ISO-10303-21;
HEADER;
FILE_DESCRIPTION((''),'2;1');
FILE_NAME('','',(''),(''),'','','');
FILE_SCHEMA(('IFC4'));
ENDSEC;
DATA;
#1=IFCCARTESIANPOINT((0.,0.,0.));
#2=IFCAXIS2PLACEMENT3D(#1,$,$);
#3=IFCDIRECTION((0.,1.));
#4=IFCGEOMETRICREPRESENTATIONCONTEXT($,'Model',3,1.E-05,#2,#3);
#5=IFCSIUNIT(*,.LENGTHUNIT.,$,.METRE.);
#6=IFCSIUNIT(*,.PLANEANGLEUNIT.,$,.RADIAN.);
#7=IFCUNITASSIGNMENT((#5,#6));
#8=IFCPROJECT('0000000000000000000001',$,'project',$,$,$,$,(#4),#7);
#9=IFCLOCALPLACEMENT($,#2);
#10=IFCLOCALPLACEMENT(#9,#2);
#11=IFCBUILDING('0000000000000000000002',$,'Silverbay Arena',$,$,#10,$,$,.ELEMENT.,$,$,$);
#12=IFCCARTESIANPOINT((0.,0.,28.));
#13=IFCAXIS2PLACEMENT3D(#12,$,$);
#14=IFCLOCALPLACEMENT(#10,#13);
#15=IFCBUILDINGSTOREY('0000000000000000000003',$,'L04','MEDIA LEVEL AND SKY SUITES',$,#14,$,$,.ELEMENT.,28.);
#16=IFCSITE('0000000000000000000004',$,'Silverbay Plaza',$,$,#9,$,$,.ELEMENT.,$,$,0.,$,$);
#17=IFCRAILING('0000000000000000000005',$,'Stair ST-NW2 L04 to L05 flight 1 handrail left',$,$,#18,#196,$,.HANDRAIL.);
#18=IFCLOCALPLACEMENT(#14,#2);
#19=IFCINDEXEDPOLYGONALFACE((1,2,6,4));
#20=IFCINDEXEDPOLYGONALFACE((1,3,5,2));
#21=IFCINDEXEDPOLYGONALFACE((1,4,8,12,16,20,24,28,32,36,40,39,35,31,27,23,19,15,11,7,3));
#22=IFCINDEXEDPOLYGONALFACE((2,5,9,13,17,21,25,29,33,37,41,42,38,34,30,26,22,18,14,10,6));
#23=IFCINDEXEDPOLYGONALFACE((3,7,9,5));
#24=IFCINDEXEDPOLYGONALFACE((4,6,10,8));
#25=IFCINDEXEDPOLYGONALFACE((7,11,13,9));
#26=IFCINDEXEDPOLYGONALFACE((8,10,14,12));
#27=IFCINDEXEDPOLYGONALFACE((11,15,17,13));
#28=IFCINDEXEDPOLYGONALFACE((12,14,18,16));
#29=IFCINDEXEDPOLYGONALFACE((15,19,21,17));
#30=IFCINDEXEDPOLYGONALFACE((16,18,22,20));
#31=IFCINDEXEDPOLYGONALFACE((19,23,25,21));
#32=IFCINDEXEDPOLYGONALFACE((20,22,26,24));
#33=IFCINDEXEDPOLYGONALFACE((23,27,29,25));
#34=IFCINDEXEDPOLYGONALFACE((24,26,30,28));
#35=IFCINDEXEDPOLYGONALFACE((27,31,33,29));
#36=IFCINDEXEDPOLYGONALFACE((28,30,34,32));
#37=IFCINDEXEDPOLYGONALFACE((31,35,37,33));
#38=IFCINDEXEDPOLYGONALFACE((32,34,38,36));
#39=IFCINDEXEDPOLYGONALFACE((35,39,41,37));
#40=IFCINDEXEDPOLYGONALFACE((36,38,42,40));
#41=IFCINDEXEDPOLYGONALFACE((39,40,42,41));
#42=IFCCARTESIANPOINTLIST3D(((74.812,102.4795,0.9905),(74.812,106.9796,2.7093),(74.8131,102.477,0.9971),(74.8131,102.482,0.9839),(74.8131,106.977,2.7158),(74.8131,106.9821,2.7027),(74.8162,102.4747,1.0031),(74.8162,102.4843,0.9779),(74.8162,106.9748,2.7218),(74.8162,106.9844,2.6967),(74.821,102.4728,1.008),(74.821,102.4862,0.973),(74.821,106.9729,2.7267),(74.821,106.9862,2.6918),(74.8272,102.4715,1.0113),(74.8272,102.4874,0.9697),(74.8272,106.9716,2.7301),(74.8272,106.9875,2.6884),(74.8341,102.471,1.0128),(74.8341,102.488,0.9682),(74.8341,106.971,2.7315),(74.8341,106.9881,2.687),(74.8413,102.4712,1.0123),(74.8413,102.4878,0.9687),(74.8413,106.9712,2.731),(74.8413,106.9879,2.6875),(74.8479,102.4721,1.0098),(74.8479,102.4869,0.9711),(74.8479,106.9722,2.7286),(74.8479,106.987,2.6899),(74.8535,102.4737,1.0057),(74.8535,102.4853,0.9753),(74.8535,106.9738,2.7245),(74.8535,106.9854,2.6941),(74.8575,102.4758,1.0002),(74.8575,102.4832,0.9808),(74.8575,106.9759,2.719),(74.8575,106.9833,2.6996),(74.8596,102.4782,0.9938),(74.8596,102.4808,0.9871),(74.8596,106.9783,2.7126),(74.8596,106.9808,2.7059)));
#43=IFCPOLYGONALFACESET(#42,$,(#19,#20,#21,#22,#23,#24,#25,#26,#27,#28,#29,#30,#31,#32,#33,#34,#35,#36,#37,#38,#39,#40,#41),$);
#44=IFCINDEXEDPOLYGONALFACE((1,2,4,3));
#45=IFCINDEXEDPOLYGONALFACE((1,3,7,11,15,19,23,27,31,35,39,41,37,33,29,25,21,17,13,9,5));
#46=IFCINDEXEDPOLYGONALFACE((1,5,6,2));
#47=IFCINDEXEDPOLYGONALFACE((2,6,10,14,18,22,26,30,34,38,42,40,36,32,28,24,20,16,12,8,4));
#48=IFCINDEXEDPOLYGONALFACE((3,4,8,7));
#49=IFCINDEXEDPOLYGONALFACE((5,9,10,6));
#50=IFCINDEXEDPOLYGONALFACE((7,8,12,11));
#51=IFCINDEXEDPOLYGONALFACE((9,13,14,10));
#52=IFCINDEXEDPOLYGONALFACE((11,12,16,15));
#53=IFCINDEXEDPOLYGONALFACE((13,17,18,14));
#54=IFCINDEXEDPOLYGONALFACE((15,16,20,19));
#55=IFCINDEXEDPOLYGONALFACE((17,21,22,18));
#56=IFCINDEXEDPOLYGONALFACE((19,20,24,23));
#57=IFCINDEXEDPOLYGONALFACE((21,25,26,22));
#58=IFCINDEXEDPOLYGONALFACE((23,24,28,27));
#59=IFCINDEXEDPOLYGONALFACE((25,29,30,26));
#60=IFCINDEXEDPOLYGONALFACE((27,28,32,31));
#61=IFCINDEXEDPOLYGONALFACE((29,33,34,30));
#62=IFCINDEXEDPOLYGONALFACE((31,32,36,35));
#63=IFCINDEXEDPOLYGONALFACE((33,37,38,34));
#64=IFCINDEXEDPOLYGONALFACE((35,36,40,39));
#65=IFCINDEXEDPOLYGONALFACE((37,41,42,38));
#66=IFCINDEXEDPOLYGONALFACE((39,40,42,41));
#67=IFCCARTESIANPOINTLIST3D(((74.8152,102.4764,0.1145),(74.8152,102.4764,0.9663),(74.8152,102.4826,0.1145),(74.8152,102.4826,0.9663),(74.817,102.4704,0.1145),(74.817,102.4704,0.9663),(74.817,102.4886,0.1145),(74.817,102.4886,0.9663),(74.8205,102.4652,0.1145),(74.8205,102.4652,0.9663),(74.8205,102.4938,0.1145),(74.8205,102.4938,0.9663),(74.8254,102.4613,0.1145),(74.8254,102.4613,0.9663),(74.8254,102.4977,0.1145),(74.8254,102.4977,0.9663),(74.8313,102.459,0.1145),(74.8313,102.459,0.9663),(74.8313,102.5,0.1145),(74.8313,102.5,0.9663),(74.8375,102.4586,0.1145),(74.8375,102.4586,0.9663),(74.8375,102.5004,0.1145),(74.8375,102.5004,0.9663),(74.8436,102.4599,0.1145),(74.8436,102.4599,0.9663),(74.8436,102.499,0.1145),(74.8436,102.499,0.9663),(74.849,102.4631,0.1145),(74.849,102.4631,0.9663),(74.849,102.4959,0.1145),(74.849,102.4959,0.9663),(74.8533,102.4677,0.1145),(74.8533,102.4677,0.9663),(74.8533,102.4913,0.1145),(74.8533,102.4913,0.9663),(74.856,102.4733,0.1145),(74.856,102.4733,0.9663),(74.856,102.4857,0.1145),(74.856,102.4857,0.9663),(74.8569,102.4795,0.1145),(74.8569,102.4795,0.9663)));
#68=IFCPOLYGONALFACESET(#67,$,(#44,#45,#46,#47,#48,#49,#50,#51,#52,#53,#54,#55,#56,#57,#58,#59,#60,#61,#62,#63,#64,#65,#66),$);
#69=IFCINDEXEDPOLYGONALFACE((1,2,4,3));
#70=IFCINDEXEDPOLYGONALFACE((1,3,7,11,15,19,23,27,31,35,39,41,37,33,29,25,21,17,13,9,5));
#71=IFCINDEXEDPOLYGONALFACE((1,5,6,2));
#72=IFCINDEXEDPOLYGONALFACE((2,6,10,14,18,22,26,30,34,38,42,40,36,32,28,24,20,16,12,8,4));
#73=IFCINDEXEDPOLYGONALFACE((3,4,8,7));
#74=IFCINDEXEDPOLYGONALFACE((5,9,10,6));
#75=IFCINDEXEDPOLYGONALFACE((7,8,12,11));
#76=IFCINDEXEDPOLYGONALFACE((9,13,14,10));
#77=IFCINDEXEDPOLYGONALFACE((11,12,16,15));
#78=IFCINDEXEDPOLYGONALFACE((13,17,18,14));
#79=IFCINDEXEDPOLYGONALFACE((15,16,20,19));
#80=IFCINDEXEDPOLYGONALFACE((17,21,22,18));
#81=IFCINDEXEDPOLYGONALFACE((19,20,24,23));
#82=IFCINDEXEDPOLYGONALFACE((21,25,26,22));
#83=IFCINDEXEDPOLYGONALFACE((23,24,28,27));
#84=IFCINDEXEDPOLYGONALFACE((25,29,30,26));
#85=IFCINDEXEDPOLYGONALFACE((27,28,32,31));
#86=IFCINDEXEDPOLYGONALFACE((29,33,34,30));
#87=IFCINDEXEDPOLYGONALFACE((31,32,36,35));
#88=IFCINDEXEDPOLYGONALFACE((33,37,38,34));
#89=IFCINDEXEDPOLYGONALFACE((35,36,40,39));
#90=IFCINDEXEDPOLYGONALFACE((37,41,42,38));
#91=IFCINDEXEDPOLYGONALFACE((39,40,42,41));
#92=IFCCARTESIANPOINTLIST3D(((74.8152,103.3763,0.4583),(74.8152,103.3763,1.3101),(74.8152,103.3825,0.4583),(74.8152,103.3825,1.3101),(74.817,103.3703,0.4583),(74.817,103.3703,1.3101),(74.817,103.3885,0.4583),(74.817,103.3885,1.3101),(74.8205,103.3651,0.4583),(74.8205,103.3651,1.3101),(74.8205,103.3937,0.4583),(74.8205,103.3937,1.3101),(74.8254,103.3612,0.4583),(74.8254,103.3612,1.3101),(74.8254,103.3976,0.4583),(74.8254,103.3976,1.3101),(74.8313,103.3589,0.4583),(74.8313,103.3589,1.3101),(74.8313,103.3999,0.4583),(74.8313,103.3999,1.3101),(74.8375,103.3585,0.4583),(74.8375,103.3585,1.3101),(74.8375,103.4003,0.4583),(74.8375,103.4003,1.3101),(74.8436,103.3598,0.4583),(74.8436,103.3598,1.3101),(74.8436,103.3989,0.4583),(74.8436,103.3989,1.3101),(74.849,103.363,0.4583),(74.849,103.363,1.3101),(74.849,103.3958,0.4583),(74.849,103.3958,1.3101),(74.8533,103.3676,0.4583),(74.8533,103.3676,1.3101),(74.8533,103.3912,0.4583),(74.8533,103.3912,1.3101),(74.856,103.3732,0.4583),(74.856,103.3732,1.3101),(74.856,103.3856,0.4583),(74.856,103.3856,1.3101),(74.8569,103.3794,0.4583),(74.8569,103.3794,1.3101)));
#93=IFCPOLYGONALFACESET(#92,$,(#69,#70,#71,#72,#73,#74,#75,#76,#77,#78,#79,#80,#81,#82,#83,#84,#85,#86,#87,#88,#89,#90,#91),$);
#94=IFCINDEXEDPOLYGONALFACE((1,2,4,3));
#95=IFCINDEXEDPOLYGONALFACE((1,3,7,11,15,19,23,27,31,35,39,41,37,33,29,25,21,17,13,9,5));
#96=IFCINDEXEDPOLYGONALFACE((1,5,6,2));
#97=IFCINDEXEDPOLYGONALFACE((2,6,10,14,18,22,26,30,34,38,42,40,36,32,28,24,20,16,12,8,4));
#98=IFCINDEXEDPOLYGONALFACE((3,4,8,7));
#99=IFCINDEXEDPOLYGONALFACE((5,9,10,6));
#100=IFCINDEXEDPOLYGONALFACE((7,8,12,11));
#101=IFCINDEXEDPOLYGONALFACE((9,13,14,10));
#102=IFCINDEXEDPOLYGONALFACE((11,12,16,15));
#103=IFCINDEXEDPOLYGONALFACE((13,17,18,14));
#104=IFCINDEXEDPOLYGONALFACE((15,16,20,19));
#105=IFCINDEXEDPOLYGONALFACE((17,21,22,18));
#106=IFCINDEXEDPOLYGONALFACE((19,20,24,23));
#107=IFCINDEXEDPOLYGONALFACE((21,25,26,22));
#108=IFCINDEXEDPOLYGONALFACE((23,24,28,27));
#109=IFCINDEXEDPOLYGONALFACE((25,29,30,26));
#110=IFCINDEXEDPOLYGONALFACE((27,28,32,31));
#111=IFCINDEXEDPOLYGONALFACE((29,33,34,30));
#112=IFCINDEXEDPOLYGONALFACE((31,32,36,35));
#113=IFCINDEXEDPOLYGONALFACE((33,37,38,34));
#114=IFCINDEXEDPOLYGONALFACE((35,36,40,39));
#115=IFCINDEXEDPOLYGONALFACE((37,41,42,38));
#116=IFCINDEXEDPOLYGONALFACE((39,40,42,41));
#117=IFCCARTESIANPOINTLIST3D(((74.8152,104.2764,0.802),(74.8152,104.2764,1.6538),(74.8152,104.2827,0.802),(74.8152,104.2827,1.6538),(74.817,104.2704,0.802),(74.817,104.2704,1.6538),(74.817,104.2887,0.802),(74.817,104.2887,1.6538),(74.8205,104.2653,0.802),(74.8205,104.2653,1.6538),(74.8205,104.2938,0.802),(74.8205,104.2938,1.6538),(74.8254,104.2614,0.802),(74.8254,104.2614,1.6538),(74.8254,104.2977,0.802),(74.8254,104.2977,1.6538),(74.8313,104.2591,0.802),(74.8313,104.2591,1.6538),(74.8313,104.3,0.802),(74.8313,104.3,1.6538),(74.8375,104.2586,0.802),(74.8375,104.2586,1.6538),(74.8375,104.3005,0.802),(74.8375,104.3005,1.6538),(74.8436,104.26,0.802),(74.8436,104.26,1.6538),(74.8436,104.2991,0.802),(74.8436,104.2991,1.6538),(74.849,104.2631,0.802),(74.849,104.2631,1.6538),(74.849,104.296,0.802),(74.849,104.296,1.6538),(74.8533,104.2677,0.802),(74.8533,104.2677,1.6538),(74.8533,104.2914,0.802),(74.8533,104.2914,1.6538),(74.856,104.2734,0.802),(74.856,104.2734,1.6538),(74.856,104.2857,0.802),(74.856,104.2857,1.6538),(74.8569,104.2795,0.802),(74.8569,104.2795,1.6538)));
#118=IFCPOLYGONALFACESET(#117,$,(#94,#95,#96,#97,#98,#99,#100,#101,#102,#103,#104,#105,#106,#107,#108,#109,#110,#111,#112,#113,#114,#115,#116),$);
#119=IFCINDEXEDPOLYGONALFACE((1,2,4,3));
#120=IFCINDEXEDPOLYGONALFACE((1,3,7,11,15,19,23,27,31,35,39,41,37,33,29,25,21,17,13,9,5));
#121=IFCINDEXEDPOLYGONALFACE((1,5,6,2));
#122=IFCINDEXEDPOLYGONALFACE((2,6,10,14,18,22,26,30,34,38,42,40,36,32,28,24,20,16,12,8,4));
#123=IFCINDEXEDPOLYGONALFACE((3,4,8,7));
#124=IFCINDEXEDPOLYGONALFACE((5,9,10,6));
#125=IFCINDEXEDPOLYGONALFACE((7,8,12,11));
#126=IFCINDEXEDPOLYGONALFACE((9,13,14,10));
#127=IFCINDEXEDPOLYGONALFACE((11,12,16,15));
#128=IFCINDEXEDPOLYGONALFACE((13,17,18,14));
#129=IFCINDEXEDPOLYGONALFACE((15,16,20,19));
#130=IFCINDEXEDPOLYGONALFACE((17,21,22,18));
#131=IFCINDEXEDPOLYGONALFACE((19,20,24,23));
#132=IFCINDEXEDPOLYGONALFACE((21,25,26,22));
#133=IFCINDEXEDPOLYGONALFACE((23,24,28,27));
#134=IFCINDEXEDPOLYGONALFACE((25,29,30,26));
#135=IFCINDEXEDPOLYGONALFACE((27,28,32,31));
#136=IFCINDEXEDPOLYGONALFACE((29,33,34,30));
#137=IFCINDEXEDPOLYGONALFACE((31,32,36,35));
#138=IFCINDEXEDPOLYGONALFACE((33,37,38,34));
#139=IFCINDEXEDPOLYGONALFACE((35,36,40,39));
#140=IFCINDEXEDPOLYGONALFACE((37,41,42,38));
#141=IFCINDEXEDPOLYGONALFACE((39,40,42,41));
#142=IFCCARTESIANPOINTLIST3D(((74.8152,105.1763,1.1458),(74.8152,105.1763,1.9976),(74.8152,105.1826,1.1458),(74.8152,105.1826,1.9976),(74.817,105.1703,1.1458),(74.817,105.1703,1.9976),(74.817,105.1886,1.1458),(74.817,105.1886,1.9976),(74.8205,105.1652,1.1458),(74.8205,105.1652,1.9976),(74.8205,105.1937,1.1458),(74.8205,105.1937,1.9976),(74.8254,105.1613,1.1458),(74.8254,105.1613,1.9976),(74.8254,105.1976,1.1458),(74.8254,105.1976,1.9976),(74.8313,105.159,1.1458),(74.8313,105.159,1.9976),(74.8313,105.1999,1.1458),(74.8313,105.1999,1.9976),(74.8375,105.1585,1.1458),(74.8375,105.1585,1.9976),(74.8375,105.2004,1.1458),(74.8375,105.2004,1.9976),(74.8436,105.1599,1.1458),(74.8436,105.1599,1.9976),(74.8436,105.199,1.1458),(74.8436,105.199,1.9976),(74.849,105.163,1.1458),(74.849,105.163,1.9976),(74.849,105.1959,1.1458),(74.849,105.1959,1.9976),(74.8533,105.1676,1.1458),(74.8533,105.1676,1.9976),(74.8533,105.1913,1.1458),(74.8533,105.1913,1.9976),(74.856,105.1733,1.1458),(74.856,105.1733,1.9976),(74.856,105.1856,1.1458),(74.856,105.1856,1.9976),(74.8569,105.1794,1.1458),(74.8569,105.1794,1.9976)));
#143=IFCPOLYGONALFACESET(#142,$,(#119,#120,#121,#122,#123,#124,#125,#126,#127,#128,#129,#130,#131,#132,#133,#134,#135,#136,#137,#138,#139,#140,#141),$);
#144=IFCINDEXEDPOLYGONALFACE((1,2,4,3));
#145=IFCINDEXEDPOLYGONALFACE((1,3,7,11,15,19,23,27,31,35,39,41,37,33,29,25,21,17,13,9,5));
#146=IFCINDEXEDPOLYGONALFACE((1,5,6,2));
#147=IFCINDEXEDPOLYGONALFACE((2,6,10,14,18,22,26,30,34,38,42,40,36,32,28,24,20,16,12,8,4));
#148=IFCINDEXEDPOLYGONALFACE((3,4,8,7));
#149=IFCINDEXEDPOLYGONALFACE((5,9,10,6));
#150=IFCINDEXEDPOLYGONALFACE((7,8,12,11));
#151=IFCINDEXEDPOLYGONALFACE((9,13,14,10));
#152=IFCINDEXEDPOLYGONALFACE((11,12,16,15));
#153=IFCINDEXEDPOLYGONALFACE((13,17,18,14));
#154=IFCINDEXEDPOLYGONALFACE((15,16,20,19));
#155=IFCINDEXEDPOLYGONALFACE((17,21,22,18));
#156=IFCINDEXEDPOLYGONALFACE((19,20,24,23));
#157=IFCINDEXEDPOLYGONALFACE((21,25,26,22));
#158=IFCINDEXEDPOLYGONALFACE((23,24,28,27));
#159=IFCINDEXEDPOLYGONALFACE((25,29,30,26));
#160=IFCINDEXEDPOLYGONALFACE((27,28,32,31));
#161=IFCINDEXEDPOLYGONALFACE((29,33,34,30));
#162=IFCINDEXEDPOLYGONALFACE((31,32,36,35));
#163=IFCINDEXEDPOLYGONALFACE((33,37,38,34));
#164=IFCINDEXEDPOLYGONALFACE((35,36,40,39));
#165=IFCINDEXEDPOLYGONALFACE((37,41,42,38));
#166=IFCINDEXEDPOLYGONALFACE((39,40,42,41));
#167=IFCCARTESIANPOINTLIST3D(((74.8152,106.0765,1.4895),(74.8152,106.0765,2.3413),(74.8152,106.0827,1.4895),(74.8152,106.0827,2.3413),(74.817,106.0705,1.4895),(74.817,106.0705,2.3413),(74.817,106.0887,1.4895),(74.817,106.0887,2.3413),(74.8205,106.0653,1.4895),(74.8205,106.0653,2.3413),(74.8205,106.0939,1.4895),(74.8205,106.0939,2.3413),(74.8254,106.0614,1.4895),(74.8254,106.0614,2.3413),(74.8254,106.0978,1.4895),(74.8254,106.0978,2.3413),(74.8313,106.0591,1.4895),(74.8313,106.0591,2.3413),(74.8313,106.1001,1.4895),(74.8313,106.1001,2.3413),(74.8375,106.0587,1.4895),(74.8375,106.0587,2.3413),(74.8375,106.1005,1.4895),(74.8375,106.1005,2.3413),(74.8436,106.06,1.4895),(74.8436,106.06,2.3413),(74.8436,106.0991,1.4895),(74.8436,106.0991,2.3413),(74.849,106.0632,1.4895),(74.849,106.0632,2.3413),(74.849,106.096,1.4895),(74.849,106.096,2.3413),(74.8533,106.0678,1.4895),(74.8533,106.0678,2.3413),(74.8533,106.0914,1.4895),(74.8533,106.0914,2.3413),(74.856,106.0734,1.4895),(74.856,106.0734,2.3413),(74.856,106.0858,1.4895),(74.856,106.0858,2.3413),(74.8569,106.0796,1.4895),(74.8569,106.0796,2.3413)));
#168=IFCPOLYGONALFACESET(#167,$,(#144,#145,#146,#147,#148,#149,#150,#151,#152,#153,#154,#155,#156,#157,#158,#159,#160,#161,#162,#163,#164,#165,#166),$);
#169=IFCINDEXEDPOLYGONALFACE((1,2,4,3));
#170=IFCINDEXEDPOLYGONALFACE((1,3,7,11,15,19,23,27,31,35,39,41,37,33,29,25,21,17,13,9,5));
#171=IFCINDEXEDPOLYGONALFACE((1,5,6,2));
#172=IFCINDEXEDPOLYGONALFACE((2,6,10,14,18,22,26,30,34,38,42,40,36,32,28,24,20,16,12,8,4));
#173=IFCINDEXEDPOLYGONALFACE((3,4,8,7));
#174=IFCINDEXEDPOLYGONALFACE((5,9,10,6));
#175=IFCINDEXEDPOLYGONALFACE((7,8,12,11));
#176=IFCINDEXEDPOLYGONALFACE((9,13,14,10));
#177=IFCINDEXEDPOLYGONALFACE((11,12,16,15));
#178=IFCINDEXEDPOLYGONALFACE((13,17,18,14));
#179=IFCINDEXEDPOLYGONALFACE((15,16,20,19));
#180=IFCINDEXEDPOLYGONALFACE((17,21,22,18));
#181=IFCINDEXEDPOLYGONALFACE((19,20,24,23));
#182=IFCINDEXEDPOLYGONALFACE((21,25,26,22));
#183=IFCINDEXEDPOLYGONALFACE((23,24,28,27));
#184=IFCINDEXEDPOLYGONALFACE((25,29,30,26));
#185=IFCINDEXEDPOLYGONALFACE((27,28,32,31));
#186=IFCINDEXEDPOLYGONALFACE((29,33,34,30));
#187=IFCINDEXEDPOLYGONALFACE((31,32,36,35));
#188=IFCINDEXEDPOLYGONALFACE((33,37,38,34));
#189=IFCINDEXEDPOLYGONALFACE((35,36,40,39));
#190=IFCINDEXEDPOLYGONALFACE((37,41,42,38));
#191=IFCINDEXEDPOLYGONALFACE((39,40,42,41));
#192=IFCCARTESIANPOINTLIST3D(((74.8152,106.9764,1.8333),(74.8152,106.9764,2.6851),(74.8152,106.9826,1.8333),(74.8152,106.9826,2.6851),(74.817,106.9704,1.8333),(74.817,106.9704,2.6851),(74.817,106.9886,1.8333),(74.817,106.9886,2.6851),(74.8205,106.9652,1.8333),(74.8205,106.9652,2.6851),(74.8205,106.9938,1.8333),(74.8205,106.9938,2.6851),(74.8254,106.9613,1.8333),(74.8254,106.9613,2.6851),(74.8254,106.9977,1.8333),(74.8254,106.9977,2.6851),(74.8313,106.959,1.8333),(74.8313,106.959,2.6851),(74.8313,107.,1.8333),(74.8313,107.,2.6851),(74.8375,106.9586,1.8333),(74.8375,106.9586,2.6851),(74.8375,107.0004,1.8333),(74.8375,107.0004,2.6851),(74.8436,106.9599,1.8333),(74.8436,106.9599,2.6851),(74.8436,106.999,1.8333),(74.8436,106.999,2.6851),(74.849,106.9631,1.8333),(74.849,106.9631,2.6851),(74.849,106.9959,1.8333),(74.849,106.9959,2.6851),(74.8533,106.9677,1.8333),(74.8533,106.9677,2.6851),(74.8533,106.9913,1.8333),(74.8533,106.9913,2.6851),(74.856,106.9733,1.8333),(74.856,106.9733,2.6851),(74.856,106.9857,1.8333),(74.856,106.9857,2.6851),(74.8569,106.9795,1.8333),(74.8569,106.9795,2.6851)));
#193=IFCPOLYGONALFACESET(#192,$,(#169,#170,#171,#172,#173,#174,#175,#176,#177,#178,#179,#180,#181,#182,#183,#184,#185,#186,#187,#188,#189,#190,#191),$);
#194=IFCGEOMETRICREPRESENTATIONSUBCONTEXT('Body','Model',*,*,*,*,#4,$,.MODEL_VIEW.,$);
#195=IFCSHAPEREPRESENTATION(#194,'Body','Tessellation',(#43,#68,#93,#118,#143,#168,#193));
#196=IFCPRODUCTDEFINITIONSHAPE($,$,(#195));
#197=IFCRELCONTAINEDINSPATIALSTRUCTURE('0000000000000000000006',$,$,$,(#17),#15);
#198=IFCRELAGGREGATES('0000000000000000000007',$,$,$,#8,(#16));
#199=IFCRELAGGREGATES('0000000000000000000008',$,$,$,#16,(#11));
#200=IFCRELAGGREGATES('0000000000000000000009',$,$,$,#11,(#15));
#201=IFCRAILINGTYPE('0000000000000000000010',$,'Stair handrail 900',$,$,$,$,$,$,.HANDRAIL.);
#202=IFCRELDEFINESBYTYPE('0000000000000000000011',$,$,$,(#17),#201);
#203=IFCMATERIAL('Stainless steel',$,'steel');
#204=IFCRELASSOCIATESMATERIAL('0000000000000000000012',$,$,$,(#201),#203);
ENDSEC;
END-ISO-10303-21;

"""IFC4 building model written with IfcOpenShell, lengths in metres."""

from ifc_helpers import new_model, si_unit, direction, frame, origin, origin_2d, place, context, subcontext, project, spatial, circle, extrude, material, type_object, element, save


model = new_model("IFC4")

# Units and contexts
model_context = context("Model", 3, precision=1e-05, world=origin(), true_north=direction((0.0, 1.0)))
body_context = subcontext(model_context, "Body", "Model", "MODEL_VIEW")
ifc_project = project(units=[si_unit("LENGTHUNIT", "METRE"), si_unit("PLANEANGLEUNIT", "RADIAN")], contexts=[model_context])

# Site, building, storey
site_placement = place(None, origin())
site = spatial("IfcSite", under=ifc_project, at=site_placement, Name="Silverbay Plaza", CompositionType="ELEMENT", RefElevation=0.0)
building_placement = place(site_placement, origin())
building = spatial("IfcBuilding", under=site, at=building_placement, Name="Silverbay Arena", CompositionType="ELEMENT")
storey_placement = place(building_placement, frame((0.0, 0.0, 28.0)))
storey = spatial("IfcBuildingStorey", under=building, at=storey_placement, Name="L04", Description="MEDIA LEVEL AND SKY SUITES", CompositionType="ELEMENT", Elevation=28.0)

# Railing
ifc_material_1 = material(Name="Stainless steel", Category="steel")
railing_type_1 = type_object("IfcRailingType", Name="Stair handrail 900", PredefinedType="HANDRAIL", material=ifc_material_1)
for number, where, name in (
    (1, (74.8359, 102.4795, 0.1145), "Stair ST-NW2 L04 to L05 flight 1 handrail left"),
):
    element("IfcRailing", number, at=place(storey_placement, frame(where)), inside=storey, type_object=railing_type_1, Name=name, PredefinedType="HANDRAIL", context=body_context, shape_type="SweptSolid", body=[
        extrude(circle(Radius=0.0239, at=origin_2d()), frame((0.0, 0.0, 0.876), z_axis=(0.0, 0.934179, 0.356805), x_axis=(-1.0, 0.0, 0.0)), (0.0, 0.0, 1.0), 4.8171),
        extrude(circle(Radius=0.021, at=origin_2d()), origin(), (0.0, 0.0, 1.0), 0.8518),
        extrude(circle(Radius=0.021, at=origin_2d()), frame((0.0, 0.8999, 0.3438)), (0.0, 0.0, 1.0), 0.8518),
        extrude(circle(Radius=0.021, at=origin_2d()), frame((0.0, 1.8, 0.6875)), (0.0, 0.0, 1.0), 0.8518),
        extrude(circle(Radius=0.021, at=origin_2d()), frame((0.0, 2.7, 1.0312)), (0.0, 0.0, 1.0), 0.8518),
        extrude(circle(Radius=0.021, at=origin_2d()), frame((0.0, 3.6001, 1.375)), (0.0, 0.0, 1.0), 0.8518),
        extrude(circle(Radius=0.021, at=origin_2d()), frame((0.0, 4.5, 1.7188)), (0.0, 0.0, 1.0), 0.8518),
    ])

save(model, "model.ifc")
